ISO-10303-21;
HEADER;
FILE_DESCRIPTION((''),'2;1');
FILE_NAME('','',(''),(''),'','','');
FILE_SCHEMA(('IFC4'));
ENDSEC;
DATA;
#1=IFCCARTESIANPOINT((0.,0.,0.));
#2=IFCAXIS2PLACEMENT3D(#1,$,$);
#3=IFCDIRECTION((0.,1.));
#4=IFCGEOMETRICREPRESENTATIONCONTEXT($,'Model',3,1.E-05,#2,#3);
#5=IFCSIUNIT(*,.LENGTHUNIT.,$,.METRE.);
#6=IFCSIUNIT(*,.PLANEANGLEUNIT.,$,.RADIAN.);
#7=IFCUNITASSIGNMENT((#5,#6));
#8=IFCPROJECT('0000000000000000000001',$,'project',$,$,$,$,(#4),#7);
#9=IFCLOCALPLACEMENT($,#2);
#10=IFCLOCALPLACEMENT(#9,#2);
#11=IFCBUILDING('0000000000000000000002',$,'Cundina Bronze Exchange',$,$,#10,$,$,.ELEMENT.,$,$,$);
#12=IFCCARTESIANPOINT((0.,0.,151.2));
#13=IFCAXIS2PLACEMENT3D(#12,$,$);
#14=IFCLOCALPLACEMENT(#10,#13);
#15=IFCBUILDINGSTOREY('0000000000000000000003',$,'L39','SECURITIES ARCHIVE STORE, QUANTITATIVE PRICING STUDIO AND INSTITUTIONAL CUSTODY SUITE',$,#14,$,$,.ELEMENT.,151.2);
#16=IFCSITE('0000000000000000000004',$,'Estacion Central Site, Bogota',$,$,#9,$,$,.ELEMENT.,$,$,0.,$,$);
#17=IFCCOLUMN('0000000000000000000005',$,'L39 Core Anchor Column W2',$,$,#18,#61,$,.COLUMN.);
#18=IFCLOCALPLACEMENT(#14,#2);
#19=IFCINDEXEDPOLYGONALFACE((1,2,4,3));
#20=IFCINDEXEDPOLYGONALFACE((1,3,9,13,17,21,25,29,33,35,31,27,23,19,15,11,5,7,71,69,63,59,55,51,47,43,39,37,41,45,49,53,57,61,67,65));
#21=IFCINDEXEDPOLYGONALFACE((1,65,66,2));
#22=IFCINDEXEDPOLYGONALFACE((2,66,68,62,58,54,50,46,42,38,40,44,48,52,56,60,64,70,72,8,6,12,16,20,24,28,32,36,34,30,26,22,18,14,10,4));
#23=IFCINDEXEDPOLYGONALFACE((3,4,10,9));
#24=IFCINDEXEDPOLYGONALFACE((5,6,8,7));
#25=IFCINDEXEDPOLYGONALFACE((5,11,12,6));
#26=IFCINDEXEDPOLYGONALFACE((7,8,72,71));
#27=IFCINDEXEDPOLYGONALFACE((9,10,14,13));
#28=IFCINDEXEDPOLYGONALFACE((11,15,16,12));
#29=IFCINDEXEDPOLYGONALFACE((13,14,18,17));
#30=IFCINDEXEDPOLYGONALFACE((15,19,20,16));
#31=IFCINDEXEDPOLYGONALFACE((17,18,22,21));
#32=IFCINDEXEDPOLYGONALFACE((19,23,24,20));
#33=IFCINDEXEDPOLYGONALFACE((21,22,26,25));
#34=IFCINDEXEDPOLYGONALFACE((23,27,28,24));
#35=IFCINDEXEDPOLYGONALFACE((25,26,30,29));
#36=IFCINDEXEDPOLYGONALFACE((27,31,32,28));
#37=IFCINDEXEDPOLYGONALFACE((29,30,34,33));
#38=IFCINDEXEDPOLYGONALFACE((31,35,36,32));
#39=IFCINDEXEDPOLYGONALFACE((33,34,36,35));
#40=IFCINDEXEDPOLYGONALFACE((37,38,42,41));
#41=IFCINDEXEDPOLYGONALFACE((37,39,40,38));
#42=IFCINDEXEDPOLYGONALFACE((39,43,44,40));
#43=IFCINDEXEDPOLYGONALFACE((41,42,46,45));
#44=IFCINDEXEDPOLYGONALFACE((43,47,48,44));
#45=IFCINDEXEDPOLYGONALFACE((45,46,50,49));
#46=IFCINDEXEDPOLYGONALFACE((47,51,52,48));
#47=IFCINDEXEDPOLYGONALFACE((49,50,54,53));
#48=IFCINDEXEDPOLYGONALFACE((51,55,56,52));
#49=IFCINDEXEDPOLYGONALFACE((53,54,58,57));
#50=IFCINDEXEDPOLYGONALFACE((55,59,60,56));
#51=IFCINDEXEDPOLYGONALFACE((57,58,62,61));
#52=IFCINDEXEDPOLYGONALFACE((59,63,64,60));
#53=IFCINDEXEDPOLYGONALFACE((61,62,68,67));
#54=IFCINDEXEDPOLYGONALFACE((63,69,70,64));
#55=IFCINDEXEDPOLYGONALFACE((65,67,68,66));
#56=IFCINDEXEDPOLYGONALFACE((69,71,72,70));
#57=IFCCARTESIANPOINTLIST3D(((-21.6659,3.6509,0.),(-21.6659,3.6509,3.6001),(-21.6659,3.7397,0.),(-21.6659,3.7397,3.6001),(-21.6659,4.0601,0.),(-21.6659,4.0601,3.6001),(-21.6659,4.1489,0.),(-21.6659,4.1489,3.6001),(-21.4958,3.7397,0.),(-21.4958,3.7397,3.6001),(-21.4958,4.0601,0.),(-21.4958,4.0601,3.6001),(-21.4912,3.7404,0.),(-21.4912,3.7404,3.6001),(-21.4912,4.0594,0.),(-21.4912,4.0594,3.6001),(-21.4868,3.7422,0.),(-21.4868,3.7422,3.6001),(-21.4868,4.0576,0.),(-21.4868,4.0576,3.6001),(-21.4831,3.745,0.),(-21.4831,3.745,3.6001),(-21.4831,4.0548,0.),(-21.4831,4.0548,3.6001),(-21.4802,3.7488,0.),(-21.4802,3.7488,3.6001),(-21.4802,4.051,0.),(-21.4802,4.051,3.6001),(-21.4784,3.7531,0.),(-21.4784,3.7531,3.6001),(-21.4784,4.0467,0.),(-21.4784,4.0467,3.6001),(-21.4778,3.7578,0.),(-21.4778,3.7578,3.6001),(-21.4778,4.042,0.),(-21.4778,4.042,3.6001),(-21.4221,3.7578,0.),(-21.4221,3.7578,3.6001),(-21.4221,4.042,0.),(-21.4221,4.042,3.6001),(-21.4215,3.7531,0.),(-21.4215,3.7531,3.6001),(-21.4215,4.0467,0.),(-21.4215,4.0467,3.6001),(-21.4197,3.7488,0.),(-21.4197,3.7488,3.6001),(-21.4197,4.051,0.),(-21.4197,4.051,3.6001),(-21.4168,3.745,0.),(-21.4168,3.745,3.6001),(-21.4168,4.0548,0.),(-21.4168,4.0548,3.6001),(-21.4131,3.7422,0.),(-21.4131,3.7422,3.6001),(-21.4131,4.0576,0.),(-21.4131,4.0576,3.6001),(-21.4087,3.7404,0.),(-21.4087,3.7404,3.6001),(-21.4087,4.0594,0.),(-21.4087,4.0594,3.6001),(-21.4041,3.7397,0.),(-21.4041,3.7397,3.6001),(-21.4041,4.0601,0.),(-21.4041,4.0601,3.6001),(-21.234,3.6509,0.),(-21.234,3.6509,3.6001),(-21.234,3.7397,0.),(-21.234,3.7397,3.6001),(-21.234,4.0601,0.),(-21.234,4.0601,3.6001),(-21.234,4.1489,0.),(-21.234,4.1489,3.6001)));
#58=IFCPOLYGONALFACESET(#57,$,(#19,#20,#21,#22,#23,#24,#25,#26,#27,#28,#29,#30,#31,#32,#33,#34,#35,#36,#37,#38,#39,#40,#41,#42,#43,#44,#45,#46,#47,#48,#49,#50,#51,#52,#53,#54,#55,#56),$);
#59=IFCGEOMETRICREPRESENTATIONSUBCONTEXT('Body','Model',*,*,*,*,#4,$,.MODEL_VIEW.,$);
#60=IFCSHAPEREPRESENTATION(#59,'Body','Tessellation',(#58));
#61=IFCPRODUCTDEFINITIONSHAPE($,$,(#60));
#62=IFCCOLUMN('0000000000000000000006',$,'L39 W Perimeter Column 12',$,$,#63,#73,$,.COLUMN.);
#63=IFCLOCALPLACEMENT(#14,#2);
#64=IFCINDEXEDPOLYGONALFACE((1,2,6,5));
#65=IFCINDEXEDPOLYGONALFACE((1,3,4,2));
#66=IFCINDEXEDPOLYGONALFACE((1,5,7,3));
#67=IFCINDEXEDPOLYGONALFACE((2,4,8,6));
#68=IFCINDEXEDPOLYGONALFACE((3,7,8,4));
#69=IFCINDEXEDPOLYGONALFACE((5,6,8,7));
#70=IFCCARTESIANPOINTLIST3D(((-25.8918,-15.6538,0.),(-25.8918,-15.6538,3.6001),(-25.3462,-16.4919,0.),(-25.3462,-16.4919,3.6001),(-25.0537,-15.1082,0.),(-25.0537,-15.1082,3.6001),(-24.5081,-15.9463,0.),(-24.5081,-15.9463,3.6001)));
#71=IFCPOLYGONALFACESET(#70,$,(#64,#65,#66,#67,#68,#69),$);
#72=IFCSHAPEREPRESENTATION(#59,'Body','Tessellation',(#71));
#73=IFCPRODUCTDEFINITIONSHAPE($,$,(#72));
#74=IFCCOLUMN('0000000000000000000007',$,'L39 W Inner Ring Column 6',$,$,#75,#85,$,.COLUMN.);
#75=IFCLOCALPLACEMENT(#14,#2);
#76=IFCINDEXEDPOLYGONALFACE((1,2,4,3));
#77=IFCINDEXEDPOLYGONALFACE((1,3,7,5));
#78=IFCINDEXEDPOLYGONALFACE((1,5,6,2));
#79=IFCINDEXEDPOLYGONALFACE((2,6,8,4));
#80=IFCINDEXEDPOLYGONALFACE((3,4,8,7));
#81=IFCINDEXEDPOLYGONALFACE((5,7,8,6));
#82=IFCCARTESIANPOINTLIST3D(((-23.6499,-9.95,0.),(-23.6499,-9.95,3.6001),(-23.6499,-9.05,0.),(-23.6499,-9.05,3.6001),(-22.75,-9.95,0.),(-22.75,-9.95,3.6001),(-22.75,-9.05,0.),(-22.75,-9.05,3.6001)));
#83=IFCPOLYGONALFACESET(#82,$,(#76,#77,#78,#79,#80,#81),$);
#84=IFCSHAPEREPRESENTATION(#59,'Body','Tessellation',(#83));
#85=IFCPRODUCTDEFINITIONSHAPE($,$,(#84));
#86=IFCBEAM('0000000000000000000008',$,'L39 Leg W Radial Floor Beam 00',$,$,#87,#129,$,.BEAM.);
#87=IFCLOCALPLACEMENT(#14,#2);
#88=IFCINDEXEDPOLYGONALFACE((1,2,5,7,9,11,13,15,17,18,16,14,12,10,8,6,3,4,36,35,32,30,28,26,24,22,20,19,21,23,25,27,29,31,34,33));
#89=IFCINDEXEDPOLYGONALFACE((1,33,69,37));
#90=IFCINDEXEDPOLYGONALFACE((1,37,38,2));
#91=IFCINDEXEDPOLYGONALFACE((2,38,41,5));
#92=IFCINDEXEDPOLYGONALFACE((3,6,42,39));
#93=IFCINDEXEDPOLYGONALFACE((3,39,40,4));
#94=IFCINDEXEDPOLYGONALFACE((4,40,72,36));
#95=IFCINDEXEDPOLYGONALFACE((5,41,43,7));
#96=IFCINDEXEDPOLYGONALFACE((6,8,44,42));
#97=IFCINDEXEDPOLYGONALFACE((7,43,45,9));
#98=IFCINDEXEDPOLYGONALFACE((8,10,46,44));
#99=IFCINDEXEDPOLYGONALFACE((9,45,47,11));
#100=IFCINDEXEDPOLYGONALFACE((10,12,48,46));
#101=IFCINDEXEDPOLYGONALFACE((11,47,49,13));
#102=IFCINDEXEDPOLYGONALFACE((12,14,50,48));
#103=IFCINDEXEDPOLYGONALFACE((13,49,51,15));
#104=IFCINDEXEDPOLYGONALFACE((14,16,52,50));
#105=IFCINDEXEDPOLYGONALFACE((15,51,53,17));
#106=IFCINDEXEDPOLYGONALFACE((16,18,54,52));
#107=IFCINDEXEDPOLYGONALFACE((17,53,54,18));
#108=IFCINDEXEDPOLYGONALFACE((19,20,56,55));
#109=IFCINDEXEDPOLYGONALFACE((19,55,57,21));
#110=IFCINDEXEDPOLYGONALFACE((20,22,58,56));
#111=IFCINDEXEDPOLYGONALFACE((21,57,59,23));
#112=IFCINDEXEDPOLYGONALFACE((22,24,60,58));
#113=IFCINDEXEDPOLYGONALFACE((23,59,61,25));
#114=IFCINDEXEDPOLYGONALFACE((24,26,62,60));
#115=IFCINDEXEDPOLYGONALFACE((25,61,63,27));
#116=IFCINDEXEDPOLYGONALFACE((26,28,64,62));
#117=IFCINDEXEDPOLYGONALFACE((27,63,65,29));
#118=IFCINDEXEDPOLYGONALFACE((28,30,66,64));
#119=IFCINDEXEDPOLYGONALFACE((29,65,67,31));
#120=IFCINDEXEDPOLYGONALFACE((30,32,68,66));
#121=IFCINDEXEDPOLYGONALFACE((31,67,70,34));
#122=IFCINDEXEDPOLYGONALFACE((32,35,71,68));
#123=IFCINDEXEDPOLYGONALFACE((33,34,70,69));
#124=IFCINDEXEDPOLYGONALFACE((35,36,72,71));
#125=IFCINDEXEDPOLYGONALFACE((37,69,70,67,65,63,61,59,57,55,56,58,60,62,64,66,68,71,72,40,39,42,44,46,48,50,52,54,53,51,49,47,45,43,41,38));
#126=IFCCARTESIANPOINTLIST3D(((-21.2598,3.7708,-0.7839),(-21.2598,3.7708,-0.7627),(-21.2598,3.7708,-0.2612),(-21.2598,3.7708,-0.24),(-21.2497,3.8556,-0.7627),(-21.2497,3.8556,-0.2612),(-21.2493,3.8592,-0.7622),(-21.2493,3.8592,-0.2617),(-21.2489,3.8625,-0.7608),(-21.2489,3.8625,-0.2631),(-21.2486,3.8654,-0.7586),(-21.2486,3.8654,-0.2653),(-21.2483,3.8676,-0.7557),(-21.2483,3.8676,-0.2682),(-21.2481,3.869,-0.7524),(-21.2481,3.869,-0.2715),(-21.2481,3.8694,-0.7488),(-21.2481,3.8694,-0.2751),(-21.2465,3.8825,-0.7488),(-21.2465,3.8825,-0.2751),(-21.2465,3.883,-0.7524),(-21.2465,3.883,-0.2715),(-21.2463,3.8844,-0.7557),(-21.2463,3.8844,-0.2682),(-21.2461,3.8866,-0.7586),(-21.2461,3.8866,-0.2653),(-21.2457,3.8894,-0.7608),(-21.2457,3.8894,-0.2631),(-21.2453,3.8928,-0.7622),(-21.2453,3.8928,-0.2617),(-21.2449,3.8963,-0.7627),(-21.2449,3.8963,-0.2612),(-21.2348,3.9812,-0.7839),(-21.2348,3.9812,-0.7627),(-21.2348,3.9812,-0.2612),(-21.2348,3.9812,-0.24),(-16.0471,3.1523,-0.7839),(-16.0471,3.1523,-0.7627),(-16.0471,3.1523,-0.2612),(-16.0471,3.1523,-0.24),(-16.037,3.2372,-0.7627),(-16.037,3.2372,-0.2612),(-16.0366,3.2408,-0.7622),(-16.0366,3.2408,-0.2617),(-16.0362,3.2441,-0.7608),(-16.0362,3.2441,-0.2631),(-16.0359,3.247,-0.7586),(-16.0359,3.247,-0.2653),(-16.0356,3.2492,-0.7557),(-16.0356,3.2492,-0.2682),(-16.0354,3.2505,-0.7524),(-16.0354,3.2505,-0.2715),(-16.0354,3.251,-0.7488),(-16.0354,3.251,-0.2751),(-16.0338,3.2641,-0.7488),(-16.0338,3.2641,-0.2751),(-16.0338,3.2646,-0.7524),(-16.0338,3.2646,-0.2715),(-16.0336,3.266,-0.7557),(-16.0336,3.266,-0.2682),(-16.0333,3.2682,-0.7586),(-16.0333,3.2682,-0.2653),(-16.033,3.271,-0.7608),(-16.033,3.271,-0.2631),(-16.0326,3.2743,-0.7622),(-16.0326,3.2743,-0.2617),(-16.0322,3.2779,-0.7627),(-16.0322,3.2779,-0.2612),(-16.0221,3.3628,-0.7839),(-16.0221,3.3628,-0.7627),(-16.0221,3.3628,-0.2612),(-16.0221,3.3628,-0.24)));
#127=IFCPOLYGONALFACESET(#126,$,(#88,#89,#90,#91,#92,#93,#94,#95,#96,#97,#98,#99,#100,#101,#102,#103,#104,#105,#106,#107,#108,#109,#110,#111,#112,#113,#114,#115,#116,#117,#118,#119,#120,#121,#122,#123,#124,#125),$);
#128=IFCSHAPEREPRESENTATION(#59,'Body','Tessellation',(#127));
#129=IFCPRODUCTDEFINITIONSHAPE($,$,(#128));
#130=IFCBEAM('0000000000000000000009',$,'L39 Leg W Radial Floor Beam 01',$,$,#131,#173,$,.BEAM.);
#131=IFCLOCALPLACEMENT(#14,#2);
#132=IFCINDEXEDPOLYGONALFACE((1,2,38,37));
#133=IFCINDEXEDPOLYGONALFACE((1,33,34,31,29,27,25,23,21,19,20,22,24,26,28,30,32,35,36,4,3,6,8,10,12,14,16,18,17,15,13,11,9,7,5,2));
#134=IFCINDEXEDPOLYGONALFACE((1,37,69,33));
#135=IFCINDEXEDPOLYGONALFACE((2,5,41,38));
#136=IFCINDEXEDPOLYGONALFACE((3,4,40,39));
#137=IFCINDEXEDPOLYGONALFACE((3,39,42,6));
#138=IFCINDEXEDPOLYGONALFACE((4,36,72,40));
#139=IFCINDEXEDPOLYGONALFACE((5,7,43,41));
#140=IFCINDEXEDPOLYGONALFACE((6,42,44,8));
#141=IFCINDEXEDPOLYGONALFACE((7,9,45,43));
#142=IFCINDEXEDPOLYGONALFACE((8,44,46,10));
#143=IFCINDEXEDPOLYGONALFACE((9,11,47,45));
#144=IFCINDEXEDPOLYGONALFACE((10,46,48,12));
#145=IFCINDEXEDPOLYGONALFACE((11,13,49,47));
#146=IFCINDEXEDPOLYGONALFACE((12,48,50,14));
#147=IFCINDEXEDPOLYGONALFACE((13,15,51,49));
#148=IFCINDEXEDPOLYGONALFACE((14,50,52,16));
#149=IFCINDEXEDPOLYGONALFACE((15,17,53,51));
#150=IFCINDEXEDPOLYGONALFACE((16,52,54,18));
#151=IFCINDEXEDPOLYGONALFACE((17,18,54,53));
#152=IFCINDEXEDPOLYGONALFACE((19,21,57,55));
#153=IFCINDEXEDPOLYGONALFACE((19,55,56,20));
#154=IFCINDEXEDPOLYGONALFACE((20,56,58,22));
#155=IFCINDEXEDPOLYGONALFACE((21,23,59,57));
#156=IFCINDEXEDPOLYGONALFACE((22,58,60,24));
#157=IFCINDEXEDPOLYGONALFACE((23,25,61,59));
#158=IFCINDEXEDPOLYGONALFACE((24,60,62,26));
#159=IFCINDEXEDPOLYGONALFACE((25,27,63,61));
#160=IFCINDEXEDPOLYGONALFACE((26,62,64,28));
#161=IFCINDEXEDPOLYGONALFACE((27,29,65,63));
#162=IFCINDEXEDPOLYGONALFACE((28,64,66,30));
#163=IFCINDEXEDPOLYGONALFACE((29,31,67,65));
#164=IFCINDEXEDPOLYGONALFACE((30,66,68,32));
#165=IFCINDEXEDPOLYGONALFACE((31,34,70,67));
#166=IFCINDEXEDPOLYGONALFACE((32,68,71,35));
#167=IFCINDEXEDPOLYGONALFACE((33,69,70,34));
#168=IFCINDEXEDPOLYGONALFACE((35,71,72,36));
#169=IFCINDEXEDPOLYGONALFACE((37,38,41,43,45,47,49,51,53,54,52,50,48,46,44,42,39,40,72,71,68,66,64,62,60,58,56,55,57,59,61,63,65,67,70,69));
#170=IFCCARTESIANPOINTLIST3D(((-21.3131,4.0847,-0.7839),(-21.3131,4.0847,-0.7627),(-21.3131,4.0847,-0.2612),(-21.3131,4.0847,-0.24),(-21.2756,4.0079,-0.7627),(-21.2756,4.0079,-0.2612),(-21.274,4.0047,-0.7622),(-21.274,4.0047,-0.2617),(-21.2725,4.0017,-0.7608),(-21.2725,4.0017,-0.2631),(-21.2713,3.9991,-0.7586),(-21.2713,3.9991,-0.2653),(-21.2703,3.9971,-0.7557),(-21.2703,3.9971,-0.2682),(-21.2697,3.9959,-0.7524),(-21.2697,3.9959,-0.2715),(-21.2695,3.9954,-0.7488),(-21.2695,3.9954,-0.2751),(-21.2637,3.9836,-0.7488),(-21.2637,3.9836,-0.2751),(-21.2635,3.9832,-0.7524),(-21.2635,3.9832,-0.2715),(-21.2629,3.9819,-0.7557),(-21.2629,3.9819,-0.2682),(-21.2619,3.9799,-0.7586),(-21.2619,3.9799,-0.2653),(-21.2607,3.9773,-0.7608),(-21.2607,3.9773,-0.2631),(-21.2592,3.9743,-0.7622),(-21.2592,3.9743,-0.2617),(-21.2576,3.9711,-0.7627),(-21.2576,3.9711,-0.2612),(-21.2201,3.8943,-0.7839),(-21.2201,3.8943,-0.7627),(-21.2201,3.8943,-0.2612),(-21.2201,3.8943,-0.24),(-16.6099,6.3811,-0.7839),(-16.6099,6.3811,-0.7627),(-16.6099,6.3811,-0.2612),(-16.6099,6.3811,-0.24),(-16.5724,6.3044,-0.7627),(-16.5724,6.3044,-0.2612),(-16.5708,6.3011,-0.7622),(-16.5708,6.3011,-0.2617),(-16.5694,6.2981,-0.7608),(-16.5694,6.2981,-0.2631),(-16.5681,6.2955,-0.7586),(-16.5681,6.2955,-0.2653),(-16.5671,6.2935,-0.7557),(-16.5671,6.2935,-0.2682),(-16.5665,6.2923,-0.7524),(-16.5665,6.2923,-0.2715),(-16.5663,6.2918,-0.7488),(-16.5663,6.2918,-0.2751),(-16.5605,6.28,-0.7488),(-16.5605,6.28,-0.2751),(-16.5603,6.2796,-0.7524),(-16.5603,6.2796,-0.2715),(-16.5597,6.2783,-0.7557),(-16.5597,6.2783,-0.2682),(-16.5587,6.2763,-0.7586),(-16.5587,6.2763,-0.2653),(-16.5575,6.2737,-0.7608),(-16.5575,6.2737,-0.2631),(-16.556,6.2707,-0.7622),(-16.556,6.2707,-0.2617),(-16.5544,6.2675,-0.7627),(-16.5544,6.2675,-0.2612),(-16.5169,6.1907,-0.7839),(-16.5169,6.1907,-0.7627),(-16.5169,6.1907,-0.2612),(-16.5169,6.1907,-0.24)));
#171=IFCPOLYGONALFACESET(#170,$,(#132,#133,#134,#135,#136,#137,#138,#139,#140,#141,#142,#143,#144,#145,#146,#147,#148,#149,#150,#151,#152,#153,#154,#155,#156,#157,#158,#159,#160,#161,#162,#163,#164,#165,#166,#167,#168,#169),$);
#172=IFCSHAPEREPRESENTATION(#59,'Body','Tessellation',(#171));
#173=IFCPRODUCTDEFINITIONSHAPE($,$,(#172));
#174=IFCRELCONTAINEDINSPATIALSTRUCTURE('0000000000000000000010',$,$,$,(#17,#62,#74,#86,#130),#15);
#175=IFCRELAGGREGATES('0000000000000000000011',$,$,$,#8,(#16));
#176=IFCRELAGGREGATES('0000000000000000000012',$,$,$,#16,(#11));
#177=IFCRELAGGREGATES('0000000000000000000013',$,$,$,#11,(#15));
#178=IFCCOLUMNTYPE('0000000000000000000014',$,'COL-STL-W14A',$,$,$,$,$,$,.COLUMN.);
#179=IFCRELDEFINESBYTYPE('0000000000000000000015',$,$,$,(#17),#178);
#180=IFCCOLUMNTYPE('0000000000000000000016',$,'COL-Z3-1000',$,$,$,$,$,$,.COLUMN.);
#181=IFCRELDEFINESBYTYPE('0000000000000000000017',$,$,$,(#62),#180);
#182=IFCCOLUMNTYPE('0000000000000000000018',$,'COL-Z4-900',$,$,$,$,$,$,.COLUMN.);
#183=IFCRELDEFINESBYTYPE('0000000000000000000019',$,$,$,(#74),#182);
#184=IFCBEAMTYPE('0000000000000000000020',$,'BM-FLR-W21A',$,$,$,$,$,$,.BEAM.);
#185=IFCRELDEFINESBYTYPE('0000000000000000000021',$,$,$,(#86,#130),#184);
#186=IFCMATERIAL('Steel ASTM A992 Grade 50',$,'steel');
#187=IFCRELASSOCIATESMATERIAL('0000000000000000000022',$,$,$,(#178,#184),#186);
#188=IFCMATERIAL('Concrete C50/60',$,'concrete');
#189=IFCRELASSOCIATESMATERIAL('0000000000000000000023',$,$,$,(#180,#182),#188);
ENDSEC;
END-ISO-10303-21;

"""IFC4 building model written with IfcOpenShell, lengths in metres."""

from ifc_helpers import new_model, si_unit, direction, frame, origin, origin_2d, place, context, subcontext, project, spatial, rectangle, i_section, extrude, material, material_profile, profile_set, type_object, element, save


model = new_model("IFC4")

# Units and contexts
model_context = context("Model", 3, precision=1e-05, world=origin(), true_north=direction((0.0, 1.0)))
body_context = subcontext(model_context, "Body", "Model", "MODEL_VIEW")
ifc_project = project(units=[si_unit("LENGTHUNIT", "METRE"), si_unit("PLANEANGLEUNIT", "RADIAN")], contexts=[model_context])

# Site, building, storey
site_placement = place(None, origin())
site = spatial("IfcSite", under=ifc_project, at=site_placement, Name="Estacion Central Site, Bogota", CompositionType="ELEMENT", RefElevation=0.0)
building_placement = place(site_placement, origin())
building = spatial("IfcBuilding", under=site, at=building_placement, Name="Cundina Bronze Exchange", CompositionType="ELEMENT")
storey_placement = place(building_placement, frame((0.0, 0.0, 151.2)))
storey = spatial("IfcBuildingStorey", under=building, at=storey_placement, Name="L39", Description="SECURITIES ARCHIVE STORE, QUANTITATIVE PRICING STUDIO AND INSTITUTIONAL CUSTODY SUITE", CompositionType="ELEMENT", Elevation=151.2)

# Columns
ifc_material_1 = material(Name="Steel ASTM A992 Grade 50", Category="steel")
ifc_material_profile_1 = material_profile(ifc_material_1, i_section(OverallWidth=0.4319, OverallDepth=0.498, WebThickness=0.0557, FlangeThickness=0.0889, FilletRadius=0.0181, at=origin_2d()), Name="W14X500", Category="steel")
ifc_profile_set_1 = profile_set([ifc_material_profile_1], Name="Steel ASTM A992 Grade 50")
column_type_1 = type_object("IfcColumnType", Name="COL-STL-W14A", PredefinedType="COLUMN", material=ifc_profile_set_1)
column_1_placement = place(storey_placement, frame((-21.45, 3.8999, 0.0), z_axis=(0.0, 0.0, 1.0), x_axis=(1.0, 0.0, 0.0)))
element("IfcColumn", 1, at=column_1_placement, inside=storey, type_object=column_type_1, Name="L39 Core Anchor Column W2", PredefinedType="COLUMN", context=body_context, shape_type="SweptSolid", body=[
    extrude(i_section(OverallWidth=0.4319, OverallDepth=0.498, WebThickness=0.0557, FlangeThickness=0.0889, FilletRadius=0.0181, at=origin_2d()), origin(), (0.0, 0.0, 1.0), 3.6001),
])
ifc_material_2 = material(Name="Concrete C50/60", Category="concrete")
ifc_material_profile_2 = material_profile(ifc_material_2, rectangle(XDim=1.0, YDim=1.0, at=origin_2d()), Name="RC1000X1000", Category="concrete")
ifc_profile_set_2 = profile_set([ifc_material_profile_2], Name="Concrete C50/60")
column_type_2 = type_object("IfcColumnType", Name="COL-Z3-1000", PredefinedType="COLUMN", material=ifc_profile_set_2)
column_2_placement = place(storey_placement, frame((-25.2, -15.8, 0.0), z_axis=(0.0, 0.0, 1.0), x_axis=(0.8381, 0.545517, 0.0)))
element("IfcColumn", 2, at=column_2_placement, inside=storey, type_object=column_type_2, Name="L39 W Perimeter Column 12", PredefinedType="COLUMN", context=body_context, shape_type="SweptSolid", body=[
    extrude(rectangle(XDim=1.0, YDim=1.0, at=origin_2d()), origin(), (0.0, 0.0, 1.0), 3.6001),
])
ifc_material_profile_3 = material_profile(ifc_material_2, rectangle(XDim=0.8999, YDim=0.8999, at=origin_2d()), Name="RC900X900", Category="concrete")
ifc_profile_set_3 = profile_set([ifc_material_profile_3], Name="Concrete C50/60")
column_type_3 = type_object("IfcColumnType", Name="COL-Z4-900", PredefinedType="COLUMN", material=ifc_profile_set_3)
column_3_placement = place(storey_placement, frame((-23.2, -9.5, 0.0), z_axis=(0.0, 0.0, 1.0), x_axis=(1.0, 0.0, 0.0)))
element("IfcColumn", 3, at=column_3_placement, inside=storey, type_object=column_type_3, Name="L39 W Inner Ring Column 6", PredefinedType="COLUMN", context=body_context, shape_type="SweptSolid", body=[
    extrude(rectangle(XDim=0.8999, YDim=0.8999, at=origin_2d()), origin(), (0.0, 0.0, 1.0), 3.6001),
])

# Beams
ifc_material_profile_4 = material_profile(ifc_material_1, i_section(OverallWidth=0.2119, OverallDepth=0.5439, WebThickness=0.0132, FlangeThickness=0.0212, FilletRadius=0.0139, at=origin_2d()), Name="W21X83", Category="steel")
ifc_profile_set_4 = profile_set([ifc_material_profile_4], Name="Steel ASTM A992 Grade 50")
beam_type_1 = type_object("IfcBeamType", Name="BM-FLR-W21A", PredefinedType="BEAM", material=ifc_profile_set_4)
beam_1_placement = place(storey_placement, frame((-21.2473, 3.876, -0.512), z_axis=(0.993036, -0.11781, 0.0), x_axis=(0.11781, 0.993036, 0.0)))
element("IfcBeam", 4, at=beam_1_placement, inside=storey, type_object=beam_type_1, Name="L39 Leg W Radial Floor Beam 00", PredefinedType="BEAM", context=body_context, shape_type="SweptSolid", body=[
    extrude(i_section(OverallWidth=0.2119, OverallDepth=0.5439, WebThickness=0.0132, FlangeThickness=0.0212, FilletRadius=0.0139, at=origin_2d()), origin(), (0.0, 0.0, 1.0), 5.2493),
])
beam_2_placement = place(storey_placement, frame((-21.2666, 3.9895, -0.512), z_axis=(0.898604, 0.43876, 0.0), x_axis=(-0.43876, 0.898604, 0.0)))
element("IfcBeam", 5, at=beam_2_placement, inside=storey, type_object=beam_type_1, Name="L39 Leg W Radial Floor Beam 01", PredefinedType="BEAM", context=body_context, shape_type="SweptSolid", body=[
    extrude(i_section(OverallWidth=0.2119, OverallDepth=0.5439, WebThickness=0.0132, FlangeThickness=0.0212, FilletRadius=0.0139, at=origin_2d()), origin(), (0.0, 0.0, 1.0), 5.2339),
])

save(model, "model.ifc")
